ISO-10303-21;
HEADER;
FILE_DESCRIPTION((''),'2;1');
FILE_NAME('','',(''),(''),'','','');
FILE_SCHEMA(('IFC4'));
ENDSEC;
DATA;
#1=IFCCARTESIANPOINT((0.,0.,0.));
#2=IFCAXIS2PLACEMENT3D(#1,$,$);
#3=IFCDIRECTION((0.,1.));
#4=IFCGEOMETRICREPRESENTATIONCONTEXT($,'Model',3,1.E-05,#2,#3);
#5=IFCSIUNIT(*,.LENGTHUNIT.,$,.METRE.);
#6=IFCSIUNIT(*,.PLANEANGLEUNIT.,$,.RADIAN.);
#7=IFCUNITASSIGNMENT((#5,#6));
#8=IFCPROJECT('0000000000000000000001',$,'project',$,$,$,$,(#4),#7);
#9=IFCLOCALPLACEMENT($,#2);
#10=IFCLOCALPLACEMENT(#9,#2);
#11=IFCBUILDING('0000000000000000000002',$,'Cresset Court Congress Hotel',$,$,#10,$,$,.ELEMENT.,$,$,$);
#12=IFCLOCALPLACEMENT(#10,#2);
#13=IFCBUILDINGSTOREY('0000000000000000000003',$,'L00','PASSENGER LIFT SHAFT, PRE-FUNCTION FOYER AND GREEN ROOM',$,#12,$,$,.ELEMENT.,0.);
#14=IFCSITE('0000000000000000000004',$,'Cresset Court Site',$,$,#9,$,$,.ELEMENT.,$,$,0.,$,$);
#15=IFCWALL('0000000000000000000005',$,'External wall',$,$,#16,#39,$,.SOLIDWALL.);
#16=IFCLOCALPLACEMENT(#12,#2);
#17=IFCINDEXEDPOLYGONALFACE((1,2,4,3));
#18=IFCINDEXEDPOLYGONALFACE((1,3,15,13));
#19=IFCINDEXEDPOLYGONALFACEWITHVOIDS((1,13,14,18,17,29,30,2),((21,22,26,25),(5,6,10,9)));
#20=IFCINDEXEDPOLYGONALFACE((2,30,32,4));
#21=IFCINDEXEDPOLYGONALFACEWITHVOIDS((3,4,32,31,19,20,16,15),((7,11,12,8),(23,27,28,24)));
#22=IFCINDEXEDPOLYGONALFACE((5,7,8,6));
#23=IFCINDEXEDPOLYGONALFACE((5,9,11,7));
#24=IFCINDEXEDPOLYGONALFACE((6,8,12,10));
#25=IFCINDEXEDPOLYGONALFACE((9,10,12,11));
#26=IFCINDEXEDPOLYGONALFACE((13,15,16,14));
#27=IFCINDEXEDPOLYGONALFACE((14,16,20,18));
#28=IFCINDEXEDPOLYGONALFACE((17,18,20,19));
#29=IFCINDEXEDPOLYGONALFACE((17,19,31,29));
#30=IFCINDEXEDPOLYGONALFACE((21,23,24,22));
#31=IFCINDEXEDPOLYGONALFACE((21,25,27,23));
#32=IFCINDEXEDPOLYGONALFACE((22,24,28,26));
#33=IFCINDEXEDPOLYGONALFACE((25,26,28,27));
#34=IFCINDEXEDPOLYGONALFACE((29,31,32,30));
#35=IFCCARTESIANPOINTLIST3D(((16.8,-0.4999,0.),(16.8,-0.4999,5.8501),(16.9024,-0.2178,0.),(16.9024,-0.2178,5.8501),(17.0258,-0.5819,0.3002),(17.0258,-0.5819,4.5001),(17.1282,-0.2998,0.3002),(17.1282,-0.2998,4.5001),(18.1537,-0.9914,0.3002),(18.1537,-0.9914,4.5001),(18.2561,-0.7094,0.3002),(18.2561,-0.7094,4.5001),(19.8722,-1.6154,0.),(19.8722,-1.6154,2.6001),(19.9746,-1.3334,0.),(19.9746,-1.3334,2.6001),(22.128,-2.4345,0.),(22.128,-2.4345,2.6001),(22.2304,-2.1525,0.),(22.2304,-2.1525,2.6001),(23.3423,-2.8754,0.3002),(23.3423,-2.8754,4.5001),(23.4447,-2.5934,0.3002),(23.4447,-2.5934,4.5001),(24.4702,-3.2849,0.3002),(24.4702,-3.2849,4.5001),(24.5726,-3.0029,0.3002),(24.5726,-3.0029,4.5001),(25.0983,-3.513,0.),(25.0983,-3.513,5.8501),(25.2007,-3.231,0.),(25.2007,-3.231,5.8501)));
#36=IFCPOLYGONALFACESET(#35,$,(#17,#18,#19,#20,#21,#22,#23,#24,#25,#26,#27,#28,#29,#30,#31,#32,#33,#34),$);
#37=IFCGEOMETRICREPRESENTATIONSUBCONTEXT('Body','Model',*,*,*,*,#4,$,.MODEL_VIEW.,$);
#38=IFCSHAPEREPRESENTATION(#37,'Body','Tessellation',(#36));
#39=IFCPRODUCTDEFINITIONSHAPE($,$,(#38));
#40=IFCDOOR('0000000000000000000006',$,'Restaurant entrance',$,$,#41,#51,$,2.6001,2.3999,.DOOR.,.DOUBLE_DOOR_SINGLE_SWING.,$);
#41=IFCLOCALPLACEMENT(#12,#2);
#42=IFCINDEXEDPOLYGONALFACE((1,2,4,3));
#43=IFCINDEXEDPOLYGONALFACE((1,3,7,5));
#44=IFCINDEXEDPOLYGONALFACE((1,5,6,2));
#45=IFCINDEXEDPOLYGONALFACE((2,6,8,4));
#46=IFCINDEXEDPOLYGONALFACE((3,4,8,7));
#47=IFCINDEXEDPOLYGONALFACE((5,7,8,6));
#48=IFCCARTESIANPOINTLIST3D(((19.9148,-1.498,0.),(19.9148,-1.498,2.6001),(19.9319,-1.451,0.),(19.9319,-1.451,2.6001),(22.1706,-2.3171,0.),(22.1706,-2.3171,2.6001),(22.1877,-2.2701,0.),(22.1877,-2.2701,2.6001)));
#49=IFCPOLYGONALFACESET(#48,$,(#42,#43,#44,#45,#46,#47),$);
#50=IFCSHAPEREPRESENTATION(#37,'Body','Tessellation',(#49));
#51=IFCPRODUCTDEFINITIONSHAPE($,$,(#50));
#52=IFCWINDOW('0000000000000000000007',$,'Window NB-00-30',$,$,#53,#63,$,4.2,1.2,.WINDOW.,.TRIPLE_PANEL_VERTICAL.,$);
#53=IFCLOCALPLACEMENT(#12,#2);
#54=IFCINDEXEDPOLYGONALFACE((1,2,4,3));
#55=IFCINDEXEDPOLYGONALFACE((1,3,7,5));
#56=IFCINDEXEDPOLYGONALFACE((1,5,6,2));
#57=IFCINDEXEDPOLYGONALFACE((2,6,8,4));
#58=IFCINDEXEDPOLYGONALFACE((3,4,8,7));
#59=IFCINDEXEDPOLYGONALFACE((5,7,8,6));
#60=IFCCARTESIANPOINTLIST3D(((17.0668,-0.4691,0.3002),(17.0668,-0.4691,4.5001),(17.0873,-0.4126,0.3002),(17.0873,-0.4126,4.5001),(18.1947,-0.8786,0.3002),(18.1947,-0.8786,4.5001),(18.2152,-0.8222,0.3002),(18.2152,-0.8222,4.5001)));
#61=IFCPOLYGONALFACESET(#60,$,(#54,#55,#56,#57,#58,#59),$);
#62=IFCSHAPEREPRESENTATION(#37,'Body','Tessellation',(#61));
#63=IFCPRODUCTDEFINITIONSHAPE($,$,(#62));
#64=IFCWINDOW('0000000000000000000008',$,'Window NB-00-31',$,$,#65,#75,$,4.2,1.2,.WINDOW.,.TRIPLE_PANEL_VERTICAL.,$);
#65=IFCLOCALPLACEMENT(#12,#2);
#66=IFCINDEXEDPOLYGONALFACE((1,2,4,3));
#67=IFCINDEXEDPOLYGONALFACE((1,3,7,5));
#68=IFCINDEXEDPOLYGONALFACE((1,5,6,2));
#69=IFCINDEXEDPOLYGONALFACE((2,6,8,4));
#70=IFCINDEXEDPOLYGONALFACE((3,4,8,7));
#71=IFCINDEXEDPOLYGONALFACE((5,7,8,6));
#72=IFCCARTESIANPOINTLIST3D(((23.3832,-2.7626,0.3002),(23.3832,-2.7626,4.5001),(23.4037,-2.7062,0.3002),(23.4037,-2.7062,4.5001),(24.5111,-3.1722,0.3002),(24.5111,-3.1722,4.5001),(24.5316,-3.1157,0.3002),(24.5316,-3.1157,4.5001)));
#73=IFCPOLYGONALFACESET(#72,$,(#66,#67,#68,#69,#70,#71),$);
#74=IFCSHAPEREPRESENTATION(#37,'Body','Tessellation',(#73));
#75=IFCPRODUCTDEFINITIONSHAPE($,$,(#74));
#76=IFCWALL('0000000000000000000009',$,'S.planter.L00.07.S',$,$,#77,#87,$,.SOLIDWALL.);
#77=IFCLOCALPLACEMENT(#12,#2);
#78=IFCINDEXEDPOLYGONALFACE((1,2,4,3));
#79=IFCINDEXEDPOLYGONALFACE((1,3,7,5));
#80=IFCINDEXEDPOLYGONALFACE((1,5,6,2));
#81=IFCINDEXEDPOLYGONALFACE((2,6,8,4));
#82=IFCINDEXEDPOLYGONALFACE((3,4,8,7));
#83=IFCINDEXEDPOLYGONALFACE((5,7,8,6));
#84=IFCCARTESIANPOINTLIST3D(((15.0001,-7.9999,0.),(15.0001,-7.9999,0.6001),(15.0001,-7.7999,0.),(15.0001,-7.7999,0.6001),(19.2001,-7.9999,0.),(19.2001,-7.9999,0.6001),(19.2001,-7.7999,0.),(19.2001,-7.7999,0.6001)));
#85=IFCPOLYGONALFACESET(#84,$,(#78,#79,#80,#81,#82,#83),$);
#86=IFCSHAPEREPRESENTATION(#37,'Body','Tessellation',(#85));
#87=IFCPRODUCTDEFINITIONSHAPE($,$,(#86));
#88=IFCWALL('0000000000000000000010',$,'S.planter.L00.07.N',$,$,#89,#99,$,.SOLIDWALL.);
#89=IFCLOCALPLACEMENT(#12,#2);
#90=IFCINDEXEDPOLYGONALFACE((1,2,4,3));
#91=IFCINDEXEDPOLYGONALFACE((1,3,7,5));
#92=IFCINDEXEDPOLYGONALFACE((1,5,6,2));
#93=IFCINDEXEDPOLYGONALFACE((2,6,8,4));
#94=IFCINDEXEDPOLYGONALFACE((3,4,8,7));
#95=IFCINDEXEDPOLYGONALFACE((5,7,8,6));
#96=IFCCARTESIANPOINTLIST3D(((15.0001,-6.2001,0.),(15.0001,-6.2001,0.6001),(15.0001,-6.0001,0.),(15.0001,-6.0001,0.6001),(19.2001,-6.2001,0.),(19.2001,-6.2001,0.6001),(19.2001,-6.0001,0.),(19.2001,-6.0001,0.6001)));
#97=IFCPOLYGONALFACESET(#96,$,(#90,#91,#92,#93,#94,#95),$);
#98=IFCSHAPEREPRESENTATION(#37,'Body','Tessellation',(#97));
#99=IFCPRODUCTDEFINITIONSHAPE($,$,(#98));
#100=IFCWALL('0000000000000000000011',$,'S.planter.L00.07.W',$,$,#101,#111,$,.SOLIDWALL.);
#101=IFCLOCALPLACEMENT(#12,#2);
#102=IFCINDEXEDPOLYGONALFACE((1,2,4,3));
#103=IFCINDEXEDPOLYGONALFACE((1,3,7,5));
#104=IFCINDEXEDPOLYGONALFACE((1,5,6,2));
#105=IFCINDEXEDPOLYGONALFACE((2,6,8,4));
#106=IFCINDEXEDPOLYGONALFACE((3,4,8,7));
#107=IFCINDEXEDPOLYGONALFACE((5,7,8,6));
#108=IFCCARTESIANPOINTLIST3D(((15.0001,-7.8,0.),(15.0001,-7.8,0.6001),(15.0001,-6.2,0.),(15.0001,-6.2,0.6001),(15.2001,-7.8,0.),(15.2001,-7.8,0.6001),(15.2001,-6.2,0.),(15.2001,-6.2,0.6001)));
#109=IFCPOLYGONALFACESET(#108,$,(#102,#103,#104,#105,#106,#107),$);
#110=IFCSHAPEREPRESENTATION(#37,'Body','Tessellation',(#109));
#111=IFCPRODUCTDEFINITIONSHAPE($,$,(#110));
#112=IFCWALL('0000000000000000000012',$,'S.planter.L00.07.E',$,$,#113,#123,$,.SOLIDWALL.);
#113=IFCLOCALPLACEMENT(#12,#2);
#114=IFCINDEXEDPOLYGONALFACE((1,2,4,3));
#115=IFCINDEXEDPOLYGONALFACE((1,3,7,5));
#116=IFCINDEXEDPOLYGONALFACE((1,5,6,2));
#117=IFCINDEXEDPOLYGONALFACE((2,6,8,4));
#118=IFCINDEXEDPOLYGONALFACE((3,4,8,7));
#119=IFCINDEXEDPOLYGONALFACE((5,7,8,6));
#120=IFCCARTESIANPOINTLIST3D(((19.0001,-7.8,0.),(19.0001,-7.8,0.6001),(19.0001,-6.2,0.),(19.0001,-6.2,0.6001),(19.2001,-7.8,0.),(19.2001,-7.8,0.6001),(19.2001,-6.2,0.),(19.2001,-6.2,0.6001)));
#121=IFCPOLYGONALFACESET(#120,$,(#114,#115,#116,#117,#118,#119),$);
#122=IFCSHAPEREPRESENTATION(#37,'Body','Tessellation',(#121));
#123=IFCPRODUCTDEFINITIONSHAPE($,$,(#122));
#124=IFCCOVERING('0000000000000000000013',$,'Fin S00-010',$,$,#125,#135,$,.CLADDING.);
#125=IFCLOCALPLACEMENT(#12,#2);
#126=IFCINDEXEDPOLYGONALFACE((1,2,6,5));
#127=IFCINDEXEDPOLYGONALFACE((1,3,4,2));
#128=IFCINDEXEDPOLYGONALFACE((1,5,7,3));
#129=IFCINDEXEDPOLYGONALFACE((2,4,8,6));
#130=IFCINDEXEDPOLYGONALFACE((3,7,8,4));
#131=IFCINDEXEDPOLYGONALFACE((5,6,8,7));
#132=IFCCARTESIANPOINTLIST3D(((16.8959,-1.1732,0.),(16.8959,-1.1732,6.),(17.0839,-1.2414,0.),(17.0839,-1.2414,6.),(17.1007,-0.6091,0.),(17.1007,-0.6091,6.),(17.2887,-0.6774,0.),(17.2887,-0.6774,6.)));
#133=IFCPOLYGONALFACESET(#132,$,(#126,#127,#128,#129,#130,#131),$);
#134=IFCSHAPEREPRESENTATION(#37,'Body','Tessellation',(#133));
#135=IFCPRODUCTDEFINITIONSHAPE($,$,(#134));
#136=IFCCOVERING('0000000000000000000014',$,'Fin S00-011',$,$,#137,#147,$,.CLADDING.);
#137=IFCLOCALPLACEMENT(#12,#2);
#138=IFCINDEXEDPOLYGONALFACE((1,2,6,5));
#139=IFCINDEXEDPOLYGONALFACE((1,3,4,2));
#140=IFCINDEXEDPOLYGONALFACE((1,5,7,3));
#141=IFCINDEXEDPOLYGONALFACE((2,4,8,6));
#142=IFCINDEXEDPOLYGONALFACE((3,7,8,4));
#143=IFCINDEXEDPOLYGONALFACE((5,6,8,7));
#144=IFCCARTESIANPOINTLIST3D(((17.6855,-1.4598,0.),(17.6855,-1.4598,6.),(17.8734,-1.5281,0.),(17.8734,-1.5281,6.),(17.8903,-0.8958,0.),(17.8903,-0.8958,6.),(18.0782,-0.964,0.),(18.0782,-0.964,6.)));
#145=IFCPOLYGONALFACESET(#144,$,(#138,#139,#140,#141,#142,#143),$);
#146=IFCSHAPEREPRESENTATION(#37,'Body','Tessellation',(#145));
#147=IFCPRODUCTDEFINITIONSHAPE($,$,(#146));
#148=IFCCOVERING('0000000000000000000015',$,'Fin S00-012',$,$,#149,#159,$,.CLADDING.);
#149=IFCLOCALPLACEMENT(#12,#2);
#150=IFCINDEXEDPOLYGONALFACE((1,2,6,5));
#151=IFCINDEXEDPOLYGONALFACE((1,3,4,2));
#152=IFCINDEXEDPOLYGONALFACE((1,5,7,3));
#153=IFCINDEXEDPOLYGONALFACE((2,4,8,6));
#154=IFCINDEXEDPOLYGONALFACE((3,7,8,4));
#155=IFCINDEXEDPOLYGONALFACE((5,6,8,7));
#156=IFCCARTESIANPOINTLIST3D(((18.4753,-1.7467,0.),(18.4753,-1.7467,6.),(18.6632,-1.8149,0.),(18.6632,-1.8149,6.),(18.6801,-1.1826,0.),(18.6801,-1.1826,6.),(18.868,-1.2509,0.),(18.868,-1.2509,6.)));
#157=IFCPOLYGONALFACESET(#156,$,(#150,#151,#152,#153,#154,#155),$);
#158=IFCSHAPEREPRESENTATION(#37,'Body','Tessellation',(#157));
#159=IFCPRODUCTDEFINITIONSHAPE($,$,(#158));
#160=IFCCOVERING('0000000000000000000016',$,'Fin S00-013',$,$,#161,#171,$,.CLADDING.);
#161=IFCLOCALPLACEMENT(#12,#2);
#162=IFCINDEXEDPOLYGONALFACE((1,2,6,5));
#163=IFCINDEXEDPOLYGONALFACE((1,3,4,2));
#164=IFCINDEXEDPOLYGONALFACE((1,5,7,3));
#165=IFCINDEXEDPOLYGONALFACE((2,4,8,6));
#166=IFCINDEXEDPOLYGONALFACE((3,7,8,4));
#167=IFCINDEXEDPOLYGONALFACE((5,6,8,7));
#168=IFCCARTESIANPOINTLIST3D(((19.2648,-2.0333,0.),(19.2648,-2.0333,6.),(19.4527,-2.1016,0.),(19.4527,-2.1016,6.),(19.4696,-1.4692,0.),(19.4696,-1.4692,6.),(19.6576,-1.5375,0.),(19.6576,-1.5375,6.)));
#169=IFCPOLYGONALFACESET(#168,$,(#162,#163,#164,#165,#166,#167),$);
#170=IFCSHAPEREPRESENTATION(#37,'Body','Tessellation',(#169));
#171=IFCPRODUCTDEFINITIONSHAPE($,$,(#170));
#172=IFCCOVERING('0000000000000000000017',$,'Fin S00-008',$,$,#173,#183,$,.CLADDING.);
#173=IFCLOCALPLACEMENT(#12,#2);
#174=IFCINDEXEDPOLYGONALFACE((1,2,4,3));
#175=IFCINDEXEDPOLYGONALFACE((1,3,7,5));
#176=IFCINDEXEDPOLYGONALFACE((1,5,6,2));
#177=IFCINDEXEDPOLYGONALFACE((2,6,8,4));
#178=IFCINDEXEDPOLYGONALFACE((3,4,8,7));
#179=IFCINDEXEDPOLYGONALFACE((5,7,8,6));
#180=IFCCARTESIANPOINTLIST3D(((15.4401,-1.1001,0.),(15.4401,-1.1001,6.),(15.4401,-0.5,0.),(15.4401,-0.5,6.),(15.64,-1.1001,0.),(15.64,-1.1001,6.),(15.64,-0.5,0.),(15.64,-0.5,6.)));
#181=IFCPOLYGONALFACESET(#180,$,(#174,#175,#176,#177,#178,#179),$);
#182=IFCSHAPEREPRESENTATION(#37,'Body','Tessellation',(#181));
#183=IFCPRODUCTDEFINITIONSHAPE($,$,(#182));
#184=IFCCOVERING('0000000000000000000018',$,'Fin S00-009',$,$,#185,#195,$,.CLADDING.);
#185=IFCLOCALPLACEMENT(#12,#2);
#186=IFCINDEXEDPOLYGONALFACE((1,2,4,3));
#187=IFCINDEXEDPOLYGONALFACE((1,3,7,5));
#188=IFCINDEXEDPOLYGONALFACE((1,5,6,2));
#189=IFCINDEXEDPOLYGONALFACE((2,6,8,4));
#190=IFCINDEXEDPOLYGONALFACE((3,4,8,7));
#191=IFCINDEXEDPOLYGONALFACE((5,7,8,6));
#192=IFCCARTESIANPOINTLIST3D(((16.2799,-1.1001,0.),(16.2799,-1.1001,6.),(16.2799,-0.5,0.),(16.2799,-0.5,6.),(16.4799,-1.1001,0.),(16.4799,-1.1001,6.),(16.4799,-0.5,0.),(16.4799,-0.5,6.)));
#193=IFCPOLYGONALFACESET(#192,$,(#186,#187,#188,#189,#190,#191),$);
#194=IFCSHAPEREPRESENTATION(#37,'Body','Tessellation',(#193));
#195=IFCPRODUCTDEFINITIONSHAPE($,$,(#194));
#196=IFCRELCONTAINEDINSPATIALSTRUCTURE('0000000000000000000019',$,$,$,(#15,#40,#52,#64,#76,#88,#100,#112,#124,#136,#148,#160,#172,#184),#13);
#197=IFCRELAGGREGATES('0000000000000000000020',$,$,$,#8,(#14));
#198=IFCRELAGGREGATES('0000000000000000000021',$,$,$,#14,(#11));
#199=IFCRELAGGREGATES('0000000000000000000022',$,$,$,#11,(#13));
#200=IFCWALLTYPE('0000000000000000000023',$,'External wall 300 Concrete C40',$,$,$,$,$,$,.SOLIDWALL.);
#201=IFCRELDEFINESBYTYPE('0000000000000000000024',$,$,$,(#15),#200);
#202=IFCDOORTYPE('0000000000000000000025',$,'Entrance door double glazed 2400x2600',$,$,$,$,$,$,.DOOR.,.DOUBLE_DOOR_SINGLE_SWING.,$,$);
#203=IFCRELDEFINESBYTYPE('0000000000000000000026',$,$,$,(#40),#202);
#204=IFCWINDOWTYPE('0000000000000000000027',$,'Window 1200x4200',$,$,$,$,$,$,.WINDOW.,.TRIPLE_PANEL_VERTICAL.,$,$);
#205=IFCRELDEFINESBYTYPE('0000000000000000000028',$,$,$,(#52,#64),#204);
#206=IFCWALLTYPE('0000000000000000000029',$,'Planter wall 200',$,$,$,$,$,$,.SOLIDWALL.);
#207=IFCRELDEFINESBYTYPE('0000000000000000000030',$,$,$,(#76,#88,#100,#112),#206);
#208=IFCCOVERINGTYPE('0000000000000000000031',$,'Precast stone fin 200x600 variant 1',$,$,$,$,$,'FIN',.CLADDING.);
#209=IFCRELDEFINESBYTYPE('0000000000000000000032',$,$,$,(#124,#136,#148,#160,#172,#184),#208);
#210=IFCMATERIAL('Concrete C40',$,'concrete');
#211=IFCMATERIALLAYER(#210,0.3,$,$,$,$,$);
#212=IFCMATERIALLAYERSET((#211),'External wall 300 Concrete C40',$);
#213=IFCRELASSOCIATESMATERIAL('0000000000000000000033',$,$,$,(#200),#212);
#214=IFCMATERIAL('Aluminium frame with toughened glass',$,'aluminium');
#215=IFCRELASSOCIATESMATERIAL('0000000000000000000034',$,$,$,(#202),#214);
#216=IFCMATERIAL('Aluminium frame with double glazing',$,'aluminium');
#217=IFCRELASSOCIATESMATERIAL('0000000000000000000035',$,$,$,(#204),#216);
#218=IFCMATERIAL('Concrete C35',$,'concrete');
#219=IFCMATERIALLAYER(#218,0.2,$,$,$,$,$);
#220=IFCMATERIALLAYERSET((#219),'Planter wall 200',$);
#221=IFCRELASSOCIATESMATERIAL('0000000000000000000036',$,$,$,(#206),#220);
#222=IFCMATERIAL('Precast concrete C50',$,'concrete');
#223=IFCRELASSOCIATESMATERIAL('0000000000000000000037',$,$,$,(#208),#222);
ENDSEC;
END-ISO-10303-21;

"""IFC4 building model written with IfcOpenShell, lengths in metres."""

from ifc_helpers import new_model, si_unit, direction, frame, frame_2d, origin, origin_2d, place, context, subcontext, project, spatial, rectangle, extrude, material, layer, layer_set, type_object, element, fill, save


model = new_model("IFC4")

# Units and contexts
model_context = context("Model", 3, precision=1e-05, world=origin(), true_north=direction((0.0, 1.0)))
body_context = subcontext(model_context, "Body", "Model", "MODEL_VIEW")
ifc_project = project(units=[si_unit("LENGTHUNIT", "METRE"), si_unit("PLANEANGLEUNIT", "RADIAN")], contexts=[model_context])

# Site, building, storey
site_placement = place(None, origin())
site = spatial("IfcSite", under=ifc_project, at=site_placement, Name="Cresset Court Site", CompositionType="ELEMENT", RefElevation=0.0)
building_placement = place(site_placement, origin())
building = spatial("IfcBuilding", under=site, at=building_placement, Name="Cresset Court Congress Hotel", CompositionType="ELEMENT")
storey_placement = place(building_placement, origin())
storey = spatial("IfcBuildingStorey", under=building, at=storey_placement, Name="L00", Description="PASSENGER LIFT SHAFT, PRE-FUNCTION FOYER AND GREEN ROOM", CompositionType="ELEMENT", Elevation=0.0)

# Wall, openings, door, windows
ifc_material_1 = material(Name="Concrete C40", Category="concrete")
ifc_layer_1 = layer(ifc_material_1, 0.3)
ifc_layer_set_1 = layer_set([ifc_layer_1], Name="External wall 300 Concrete C40")
wall_type_1 = type_object("IfcWallType", Name="External wall 300 Concrete C40", PredefinedType="SOLIDWALL", material=ifc_layer_set_1)
wall_placement = place(storey_placement, frame((16.8513, -0.3589, 0.0), z_axis=(0.0, 0.0, 1.0), x_axis=(0.939953, -0.341303, 0.0)))
wall = element("IfcWall", 1, at=wall_placement, inside=storey, type_object=wall_type_1, Name="External wall", PredefinedType="SOLIDWALL", context=body_context, shape_type="SweptSolid", body=[
    extrude(rectangle(XDim=8.8284, YDim=0.3, at=frame_2d((4.4141, 0.0))), origin(), (0.0, 0.0, 1.0), 5.8501),
])
opening_1_placement = place(wall_placement, frame((3.2683, 0.0, 0.0)))
opening_1 = element("IfcOpeningElement", 2, at=opening_1_placement, cuts=wall, PredefinedType="OPENING", context=body_context, shape_type="SweptSolid", body=[
    extrude(rectangle(XDim=2.3999, YDim=2.6001, at=frame_2d((1.2, 1.3))), frame((0.0, 0.1599, 0.0), z_axis=(0.0, -1.0, 0.0), x_axis=(1.0, 0.0, 0.0)), (0.0, 0.0, 1.0), 0.3201),
])
opening_2_placement = place(wall_placement, frame((0.24, 0.0, 0.3)))
opening_2 = element("IfcOpeningElement", 3, at=opening_2_placement, cuts=wall, PredefinedType="OPENING", context=body_context, shape_type="SweptSolid", body=[
    extrude(rectangle(XDim=1.2, YDim=4.2, at=frame_2d((0.6001, 2.1001))), frame((0.0, 0.1599, 0.0), z_axis=(0.0, -1.0, 0.0), x_axis=(1.0, 0.0, 0.0)), (0.0, 0.0, 1.0), 0.3201),
])
opening_3_placement = place(wall_placement, frame((6.96, 0.0, 0.3)))
opening_3 = element("IfcOpeningElement", 4, at=opening_3_placement, cuts=wall, PredefinedType="OPENING", context=body_context, shape_type="SweptSolid", body=[
    extrude(rectangle(XDim=1.2, YDim=4.2, at=frame_2d((0.6001, 2.1001))), frame((0.0, 0.1599, 0.0), z_axis=(0.0, -1.0, 0.0), x_axis=(1.0, 0.0, 0.0)), (0.0, 0.0, 1.0), 0.3201),
])
ifc_material_2 = material(Name="Aluminium frame with toughened glass", Category="aluminium")
door_type = type_object("IfcDoorType", Name="Entrance door double glazed 2400x2600", OperationType="DOUBLE_DOOR_SINGLE_SWING", PredefinedType="DOOR", material=ifc_material_2)
door_placement = place(opening_1_placement, origin())
door = element("IfcDoor", 5, at=door_placement, inside=storey, type_object=door_type, Name="Restaurant entrance", OperationType="DOUBLE_DOOR_SINGLE_SWING", OverallHeight=2.6001, OverallWidth=2.3999, PredefinedType="DOOR", context=body_context, shape_type="SweptSolid", body=[
    extrude(rectangle(XDim=2.3999, YDim=2.6001, at=frame_2d((1.2, 1.3))), frame((0.0, 0.0249, 0.0), z_axis=(0.0, -1.0, 0.0), x_axis=(1.0, 0.0, 0.0)), (0.0, 0.0, 1.0), 0.05),
])
fill(opening_1, door)
ifc_material_3 = material(Name="Aluminium frame with double glazing", Category="aluminium")
window_type = type_object("IfcWindowType", Name="Window 1200x4200", PartitioningType="TRIPLE_PANEL_VERTICAL", PredefinedType="WINDOW", material=ifc_material_3)
window_1_placement = place(opening_2_placement, origin())
window_1 = element("IfcWindow", 6, at=window_1_placement, inside=storey, type_object=window_type, Name="Window NB-00-30", OverallHeight=4.2, OverallWidth=1.2, PartitioningType="TRIPLE_PANEL_VERTICAL", PredefinedType="WINDOW", context=body_context, shape_type="SweptSolid", body=[
    extrude(rectangle(XDim=1.2, YDim=4.2, at=frame_2d((0.6001, 2.1001))), frame((0.0, 0.03, 0.0), z_axis=(0.0, -1.0, 0.0), x_axis=(1.0, 0.0, 0.0)), (0.0, 0.0, 1.0), 0.0601),
])
fill(opening_2, window_1)
window_2_placement = place(opening_3_placement, origin())
window_2 = element("IfcWindow", 7, at=window_2_placement, inside=storey, type_object=window_type, Name="Window NB-00-31", OverallHeight=4.2, OverallWidth=1.2, PartitioningType="TRIPLE_PANEL_VERTICAL", PredefinedType="WINDOW", context=body_context, shape_type="SweptSolid", body=[
    extrude(rectangle(XDim=1.2, YDim=4.2, at=frame_2d((0.6001, 2.1001))), frame((0.0, 0.03, 0.0), z_axis=(0.0, -1.0, 0.0), x_axis=(1.0, 0.0, 0.0)), (0.0, 0.0, 1.0), 0.0601),
])
fill(opening_3, window_2)

# Walls
ifc_material_4 = material(Name="Concrete C35", Category="concrete")
ifc_layer_2 = layer(ifc_material_4, 0.2)
ifc_layer_set_2 = layer_set([ifc_layer_2], Name="Planter wall 200")
wall_type_2 = type_object("IfcWallType", Name="Planter wall 200", PredefinedType="SOLIDWALL", material=ifc_layer_set_2)
for number, where, z_axis, x_axis, name in (
    (8, (15.0, -7.8999, 0.0), (0.0, 0.0, 1.0), (1.0, 0.0, 0.0), "S.planter.L00.07.S"),
    (9, (15.0, -6.1001, 0.0), (0.0, 0.0, 1.0), (1.0, 0.0, 0.0), "S.planter.L00.07.N"),
):
    element("IfcWall", number, at=place(storey_placement, frame(where, z_axis=z_axis, x_axis=x_axis)), inside=storey, type_object=wall_type_2, Name=name, PredefinedType="SOLIDWALL", context=body_context, shape_type="SweptSolid", body=[
        extrude(rectangle(XDim=4.2, YDim=0.2, at=frame_2d((2.1001, 0.0))), origin(), (0.0, 0.0, 1.0), 0.6001),
    ])
for number, where, z_axis, x_axis, name in (
    (10, (15.1001, -7.8, 0.0), (0.0, 0.0, 1.0), (0.0, 1.0, 0.0), "S.planter.L00.07.W"),
    (11, (19.1001, -7.8, 0.0), (0.0, 0.0, 1.0), (0.0, 1.0, 0.0), "S.planter.L00.07.E"),
):
    element("IfcWall", number, at=place(storey_placement, frame(where, z_axis=z_axis, x_axis=x_axis)), inside=storey, type_object=wall_type_2, Name=name, PredefinedType="SOLIDWALL", context=body_context, shape_type="SweptSolid", body=[
        extrude(rectangle(XDim=1.6001, YDim=0.2, at=frame_2d((0.8, 0.0))), origin(), (0.0, 0.0, 1.0), 0.6001),
    ])

# Coverings
ifc_material_5 = material(Name="Precast concrete C50", Category="concrete")
covering_type_1 = type_object("IfcCoveringType", Name="Precast stone fin 200x600 variant 1", ElementType="FIN", PredefinedType="CLADDING", material=ifc_material_5)
for number, where, z_axis, x_axis, name in (
    (12, (17.0923, -0.9253, 0.0), (0.0, 0.0, 1.0), (0.939957, -0.341293, 0.0), "Fin S00-010"),
    (13, (17.8818, -1.2119, 0.0), (0.0, 0.0, 1.0), (0.939957, -0.341293, 0.0), "Fin S00-011"),
    (14, (18.6716, -1.4988, 0.0), (0.0, 0.0, 1.0), (0.939957, -0.341293, 0.0), "Fin S00-012"),
    (15, (19.4612, -1.7854, 0.0), (0.0, 0.0, 1.0), (0.939957, -0.341293, 0.0), "Fin S00-013"),
    (16, (15.54, -0.8, 0.0), (0.0, 0.0, 1.0), (1.0, 0.0, 0.0), "Fin S00-008"),
    (17, (16.3799, -0.8, 0.0), (0.0, 0.0, 1.0), (1.0, 0.0, 0.0), "Fin S00-009"),
):
    element("IfcCovering", number, at=place(storey_placement, frame(where, z_axis=z_axis, x_axis=x_axis)), inside=storey, type_object=covering_type_1, Name=name, PredefinedType="CLADDING", context=body_context, shape_type="SweptSolid", body=[
        extrude(rectangle(XDim=0.2, YDim=0.6001, at=origin_2d()), origin(), (0.0, 0.0, 1.0), 6.0),
    ])

save(model, "model.ifc")
